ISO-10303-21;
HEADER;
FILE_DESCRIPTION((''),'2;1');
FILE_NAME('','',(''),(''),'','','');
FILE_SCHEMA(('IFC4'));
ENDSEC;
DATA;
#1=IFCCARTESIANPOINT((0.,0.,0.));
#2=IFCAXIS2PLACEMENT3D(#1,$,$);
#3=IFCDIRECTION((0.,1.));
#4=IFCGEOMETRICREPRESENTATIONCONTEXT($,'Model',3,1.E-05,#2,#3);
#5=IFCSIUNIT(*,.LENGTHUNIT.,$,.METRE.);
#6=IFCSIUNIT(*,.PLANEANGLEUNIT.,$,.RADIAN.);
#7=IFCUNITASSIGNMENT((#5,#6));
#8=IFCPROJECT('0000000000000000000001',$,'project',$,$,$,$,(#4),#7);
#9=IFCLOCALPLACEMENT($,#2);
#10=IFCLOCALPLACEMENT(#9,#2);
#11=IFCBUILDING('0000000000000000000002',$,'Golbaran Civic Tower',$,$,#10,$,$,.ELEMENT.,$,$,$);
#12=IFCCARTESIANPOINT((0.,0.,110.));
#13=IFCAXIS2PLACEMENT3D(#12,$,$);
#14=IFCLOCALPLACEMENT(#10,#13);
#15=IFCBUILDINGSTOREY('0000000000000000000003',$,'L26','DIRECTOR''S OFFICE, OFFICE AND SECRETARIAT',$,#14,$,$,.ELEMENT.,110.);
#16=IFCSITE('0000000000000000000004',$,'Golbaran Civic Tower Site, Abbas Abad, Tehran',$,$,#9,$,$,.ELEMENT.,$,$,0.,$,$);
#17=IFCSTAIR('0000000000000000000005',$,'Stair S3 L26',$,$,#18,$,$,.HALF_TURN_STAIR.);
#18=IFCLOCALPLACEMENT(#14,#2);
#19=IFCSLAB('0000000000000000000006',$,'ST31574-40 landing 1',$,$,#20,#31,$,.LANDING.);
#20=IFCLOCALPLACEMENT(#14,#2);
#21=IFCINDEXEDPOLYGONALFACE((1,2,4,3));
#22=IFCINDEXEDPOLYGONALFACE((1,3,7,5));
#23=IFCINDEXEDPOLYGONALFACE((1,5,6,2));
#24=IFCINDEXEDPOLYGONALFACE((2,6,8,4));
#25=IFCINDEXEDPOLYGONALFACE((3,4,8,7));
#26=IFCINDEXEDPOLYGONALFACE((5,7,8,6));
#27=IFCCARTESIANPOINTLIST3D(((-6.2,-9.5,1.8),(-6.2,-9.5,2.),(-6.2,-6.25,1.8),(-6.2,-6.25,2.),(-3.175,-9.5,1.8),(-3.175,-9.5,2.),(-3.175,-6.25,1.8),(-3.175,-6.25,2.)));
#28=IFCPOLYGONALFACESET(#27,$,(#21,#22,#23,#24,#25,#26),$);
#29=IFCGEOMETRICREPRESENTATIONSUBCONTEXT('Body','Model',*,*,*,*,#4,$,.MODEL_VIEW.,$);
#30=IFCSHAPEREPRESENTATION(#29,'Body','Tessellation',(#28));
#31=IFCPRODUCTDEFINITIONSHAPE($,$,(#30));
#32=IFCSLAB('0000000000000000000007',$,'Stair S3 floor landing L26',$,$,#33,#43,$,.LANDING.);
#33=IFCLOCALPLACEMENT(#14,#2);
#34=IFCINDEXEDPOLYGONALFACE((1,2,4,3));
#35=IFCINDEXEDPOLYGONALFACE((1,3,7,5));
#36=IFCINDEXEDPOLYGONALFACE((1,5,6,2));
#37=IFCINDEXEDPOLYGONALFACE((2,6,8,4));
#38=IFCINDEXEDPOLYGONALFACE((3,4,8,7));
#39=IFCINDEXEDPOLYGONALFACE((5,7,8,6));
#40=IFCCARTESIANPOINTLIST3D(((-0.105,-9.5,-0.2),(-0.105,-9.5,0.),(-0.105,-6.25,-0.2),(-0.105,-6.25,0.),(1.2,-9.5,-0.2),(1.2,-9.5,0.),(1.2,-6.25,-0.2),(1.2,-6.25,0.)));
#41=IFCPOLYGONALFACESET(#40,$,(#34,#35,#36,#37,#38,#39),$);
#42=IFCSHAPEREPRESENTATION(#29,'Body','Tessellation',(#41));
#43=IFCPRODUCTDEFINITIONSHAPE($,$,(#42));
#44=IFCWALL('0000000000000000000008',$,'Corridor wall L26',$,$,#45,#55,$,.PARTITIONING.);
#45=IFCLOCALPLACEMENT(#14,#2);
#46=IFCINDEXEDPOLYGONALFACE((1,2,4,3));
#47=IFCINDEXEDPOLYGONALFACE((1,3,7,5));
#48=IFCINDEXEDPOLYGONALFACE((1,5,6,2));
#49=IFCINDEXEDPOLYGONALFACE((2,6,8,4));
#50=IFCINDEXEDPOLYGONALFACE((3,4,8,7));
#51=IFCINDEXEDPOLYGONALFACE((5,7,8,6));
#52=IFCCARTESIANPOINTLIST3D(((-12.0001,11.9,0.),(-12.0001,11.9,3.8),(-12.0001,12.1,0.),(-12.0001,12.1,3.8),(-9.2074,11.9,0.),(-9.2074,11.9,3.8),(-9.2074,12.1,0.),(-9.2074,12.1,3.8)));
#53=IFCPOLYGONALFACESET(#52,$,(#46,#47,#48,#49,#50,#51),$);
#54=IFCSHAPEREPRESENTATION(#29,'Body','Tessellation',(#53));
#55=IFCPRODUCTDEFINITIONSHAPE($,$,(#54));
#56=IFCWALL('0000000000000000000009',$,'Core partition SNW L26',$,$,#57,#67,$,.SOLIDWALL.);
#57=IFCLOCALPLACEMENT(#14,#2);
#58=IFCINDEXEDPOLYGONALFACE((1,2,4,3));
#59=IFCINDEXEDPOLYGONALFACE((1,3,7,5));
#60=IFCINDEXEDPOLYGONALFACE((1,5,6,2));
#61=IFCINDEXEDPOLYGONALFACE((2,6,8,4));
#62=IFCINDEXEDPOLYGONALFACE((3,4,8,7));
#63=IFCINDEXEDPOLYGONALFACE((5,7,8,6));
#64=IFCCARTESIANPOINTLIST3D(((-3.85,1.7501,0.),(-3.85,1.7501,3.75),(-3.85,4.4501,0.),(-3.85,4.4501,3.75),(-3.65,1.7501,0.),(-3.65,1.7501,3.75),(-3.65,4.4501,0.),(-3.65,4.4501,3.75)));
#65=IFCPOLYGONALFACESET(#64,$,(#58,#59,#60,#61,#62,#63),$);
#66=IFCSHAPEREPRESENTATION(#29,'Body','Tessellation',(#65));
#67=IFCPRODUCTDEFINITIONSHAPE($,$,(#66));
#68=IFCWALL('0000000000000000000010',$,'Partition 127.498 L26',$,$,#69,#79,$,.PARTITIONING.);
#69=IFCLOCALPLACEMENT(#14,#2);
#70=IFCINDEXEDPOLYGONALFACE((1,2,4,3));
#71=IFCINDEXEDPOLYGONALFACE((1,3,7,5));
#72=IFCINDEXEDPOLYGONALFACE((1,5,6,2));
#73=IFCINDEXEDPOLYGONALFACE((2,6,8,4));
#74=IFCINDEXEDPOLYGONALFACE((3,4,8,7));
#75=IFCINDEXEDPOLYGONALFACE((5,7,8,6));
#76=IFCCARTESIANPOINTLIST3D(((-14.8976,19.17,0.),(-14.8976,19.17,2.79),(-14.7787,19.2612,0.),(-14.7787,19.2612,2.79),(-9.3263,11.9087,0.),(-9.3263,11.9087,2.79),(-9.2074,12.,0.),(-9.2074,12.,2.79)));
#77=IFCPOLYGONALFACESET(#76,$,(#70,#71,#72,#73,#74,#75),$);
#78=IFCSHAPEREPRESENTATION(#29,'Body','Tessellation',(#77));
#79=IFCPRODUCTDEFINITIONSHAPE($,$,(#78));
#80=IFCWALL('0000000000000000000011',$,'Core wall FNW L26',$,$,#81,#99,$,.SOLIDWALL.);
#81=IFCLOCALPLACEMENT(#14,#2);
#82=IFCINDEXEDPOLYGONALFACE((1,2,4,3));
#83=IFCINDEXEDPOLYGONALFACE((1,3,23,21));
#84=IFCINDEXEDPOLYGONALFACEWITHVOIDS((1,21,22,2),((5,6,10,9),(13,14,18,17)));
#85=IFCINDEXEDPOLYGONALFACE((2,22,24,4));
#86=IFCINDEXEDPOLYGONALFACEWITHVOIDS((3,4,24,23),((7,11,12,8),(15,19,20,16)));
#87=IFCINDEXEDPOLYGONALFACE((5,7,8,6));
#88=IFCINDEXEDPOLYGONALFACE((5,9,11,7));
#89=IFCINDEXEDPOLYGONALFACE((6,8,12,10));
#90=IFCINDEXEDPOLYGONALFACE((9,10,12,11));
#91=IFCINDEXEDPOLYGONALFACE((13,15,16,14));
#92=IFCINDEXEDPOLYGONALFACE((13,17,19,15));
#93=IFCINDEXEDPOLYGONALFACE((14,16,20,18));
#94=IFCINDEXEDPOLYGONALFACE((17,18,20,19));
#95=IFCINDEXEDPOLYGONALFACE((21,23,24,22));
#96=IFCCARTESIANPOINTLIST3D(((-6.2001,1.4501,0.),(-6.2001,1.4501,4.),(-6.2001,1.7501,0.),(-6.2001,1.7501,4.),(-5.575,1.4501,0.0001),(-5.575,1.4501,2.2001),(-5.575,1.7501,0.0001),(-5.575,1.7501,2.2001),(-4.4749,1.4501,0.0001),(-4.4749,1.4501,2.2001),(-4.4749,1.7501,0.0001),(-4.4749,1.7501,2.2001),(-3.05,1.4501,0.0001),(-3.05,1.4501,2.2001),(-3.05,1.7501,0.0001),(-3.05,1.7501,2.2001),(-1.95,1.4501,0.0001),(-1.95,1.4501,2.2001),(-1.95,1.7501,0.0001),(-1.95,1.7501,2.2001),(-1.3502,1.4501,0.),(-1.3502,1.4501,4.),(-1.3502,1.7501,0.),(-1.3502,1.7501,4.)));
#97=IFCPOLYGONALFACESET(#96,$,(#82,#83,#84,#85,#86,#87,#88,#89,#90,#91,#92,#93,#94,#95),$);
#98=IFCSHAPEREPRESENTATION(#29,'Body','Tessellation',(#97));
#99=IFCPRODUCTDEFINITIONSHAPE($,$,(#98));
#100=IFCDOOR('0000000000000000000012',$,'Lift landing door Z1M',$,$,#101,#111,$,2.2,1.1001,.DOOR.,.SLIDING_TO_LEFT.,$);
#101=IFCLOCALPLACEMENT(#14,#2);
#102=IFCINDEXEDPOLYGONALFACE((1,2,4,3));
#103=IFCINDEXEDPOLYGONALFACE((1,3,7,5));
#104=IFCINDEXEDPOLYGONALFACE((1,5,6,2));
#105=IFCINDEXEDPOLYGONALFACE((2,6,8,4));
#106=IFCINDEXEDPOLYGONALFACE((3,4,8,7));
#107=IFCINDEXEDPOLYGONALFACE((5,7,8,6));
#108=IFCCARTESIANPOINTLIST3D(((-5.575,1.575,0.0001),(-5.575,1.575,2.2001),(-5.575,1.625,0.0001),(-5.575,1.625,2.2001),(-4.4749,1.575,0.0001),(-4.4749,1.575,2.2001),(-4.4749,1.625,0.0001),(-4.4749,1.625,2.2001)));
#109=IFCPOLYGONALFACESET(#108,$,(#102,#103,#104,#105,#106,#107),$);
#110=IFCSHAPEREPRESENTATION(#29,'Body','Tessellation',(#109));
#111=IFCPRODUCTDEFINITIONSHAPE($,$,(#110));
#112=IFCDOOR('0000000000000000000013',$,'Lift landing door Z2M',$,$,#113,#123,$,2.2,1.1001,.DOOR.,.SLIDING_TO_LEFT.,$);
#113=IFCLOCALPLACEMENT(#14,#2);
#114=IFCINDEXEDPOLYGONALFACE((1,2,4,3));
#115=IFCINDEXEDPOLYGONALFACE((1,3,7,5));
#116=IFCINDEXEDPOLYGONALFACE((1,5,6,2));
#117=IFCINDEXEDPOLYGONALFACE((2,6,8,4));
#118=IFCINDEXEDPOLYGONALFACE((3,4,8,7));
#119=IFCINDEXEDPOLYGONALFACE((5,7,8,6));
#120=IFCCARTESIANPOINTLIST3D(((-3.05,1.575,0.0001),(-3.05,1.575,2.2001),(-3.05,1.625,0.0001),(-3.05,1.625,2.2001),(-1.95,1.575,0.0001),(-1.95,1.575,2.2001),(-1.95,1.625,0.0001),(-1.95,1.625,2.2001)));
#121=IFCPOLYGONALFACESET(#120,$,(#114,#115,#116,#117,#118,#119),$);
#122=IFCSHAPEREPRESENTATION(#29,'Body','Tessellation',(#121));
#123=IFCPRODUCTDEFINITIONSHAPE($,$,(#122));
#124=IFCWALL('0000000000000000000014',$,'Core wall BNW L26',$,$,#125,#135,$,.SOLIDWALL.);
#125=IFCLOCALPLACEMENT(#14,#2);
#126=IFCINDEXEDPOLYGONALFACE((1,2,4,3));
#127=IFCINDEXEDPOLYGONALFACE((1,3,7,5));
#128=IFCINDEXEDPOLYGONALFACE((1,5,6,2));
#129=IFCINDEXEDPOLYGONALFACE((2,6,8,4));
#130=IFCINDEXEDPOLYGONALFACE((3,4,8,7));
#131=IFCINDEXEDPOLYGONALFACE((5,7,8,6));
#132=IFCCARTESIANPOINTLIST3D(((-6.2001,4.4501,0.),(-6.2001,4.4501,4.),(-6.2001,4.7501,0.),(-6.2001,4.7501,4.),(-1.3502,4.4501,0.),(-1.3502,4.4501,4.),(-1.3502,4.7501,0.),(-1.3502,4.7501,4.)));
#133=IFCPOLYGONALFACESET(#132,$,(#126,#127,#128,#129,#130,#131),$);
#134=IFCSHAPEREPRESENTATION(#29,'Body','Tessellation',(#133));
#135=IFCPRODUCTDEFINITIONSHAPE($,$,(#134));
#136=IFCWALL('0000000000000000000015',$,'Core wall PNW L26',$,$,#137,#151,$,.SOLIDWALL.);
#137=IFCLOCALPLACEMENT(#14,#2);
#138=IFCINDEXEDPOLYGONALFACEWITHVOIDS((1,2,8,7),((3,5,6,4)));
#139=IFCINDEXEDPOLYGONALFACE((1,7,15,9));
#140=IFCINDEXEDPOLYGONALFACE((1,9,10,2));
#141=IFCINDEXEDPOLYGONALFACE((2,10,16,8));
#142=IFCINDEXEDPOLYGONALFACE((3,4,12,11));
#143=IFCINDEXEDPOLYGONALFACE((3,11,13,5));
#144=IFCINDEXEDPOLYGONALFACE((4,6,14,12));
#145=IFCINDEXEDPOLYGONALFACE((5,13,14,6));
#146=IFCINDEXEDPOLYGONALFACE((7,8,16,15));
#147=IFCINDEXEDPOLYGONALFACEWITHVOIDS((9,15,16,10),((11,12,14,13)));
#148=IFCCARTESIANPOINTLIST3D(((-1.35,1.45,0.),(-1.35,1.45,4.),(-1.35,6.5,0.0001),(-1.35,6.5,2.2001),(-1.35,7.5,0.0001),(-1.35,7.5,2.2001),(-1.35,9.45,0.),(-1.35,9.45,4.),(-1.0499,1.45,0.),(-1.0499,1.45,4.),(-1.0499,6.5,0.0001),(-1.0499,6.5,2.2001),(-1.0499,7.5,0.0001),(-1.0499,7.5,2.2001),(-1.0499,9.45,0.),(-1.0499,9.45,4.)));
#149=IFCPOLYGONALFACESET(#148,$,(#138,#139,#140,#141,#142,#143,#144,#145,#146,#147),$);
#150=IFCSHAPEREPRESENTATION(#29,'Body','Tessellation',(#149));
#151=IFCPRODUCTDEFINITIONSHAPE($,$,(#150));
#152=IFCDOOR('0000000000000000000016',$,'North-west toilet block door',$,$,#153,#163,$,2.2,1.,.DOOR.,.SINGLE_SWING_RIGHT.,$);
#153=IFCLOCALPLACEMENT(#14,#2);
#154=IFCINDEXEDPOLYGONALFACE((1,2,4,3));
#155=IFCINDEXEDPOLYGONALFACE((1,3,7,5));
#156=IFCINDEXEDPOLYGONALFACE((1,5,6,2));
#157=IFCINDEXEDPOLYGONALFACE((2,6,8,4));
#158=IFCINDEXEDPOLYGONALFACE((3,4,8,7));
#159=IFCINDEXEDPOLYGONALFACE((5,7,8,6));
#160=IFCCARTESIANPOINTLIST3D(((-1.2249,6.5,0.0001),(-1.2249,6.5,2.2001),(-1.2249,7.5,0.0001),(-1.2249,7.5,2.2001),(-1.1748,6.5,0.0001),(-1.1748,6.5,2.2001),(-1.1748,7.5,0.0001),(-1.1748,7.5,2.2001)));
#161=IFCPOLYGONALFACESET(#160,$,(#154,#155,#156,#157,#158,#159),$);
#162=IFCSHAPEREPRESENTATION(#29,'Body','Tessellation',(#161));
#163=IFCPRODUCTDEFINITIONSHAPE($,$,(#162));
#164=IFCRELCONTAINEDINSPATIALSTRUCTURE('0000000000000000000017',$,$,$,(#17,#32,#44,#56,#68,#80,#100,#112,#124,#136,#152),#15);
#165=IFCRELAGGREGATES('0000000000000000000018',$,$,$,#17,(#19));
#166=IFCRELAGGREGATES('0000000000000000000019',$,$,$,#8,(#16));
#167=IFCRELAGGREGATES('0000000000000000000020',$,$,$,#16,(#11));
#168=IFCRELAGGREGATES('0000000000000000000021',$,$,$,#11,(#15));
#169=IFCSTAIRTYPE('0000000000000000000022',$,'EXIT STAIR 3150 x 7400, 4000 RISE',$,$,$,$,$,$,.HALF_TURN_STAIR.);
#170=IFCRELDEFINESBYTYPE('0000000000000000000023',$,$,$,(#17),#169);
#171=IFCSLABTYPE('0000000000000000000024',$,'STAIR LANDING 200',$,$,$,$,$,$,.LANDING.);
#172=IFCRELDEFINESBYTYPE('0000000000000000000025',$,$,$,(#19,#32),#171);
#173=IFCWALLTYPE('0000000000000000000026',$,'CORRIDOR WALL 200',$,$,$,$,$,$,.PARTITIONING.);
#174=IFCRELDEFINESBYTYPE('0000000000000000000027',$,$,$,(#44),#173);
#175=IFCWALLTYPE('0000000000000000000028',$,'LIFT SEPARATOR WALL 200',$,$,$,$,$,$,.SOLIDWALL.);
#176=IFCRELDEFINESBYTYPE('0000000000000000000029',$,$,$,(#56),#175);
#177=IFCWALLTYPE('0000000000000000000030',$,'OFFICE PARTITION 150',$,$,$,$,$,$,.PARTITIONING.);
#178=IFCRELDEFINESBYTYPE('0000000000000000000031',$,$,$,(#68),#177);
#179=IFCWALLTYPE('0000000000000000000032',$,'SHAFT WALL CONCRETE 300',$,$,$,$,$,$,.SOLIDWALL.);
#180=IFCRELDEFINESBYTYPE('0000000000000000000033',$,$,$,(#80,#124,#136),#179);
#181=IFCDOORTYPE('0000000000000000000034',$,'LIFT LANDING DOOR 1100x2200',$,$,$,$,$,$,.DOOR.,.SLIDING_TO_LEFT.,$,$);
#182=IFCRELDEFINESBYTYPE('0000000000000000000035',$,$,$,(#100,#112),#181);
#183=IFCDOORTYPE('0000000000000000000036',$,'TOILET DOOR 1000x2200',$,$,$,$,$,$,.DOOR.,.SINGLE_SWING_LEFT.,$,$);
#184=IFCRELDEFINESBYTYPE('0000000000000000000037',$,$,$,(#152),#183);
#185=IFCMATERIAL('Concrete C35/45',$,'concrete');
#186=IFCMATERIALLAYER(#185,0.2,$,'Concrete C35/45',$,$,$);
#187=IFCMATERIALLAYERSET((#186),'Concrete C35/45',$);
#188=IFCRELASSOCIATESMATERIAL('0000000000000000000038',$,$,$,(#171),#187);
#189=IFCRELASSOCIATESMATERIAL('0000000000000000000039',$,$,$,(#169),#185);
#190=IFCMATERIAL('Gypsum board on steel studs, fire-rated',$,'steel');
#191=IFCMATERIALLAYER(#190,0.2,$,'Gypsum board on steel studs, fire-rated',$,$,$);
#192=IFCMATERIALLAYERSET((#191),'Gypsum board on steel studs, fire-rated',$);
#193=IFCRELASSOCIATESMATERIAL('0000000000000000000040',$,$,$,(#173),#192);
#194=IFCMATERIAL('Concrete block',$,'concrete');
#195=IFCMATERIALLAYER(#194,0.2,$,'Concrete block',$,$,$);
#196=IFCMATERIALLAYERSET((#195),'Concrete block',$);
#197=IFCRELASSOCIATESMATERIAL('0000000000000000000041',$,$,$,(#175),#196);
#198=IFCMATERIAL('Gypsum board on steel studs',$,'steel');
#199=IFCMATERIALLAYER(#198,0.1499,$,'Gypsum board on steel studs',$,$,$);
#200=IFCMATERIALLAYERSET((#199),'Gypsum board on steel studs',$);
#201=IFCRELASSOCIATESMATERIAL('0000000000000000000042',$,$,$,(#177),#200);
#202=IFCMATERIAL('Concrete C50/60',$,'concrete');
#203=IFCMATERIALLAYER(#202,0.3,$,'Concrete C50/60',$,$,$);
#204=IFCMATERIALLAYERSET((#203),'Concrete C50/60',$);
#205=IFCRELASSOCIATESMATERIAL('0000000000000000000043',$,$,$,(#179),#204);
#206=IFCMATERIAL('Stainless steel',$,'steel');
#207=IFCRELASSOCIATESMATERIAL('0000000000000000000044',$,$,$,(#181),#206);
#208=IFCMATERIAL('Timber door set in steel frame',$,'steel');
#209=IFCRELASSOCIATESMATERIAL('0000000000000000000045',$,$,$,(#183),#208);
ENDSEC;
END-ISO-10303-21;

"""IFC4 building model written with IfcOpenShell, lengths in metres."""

from ifc_helpers import new_model, si_unit, direction, frame, frame_2d, origin, place, context, subcontext, project, spatial, polyline, rectangle, outline, extrude, material, layer, layer_set, type_object, element, fill, aggregate, save


model = new_model("IFC4")

# Units and contexts
model_context = context("Model", 3, precision=1e-05, world=origin(), true_north=direction((0.0, 1.0)))
body_context = subcontext(model_context, "Body", "Model", "MODEL_VIEW")
ifc_project = project(units=[si_unit("LENGTHUNIT", "METRE"), si_unit("PLANEANGLEUNIT", "RADIAN")], contexts=[model_context])

# Site, building, storey
site_placement = place(None, origin())
site = spatial("IfcSite", under=ifc_project, at=site_placement, Name="Golbaran Civic Tower Site, Abbas Abad, Tehran", CompositionType="ELEMENT", RefElevation=0.0)
building_placement = place(site_placement, origin())
building = spatial("IfcBuilding", under=site, at=building_placement, Name="Golbaran Civic Tower", CompositionType="ELEMENT")
storey_placement = place(building_placement, frame((0.0, 0.0, 110.0)))
storey = spatial("IfcBuildingStorey", under=building, at=storey_placement, Name="L26", Description="DIRECTOR'S OFFICE, OFFICE AND SECRETARIAT", CompositionType="ELEMENT", Elevation=110.0)

# Shared definitions
ifc_material_1 = material(Name="Concrete C35/45", Category="concrete")

# Shared definitions
ifc_layer_1 = layer(ifc_material_1, 0.2, Name="Concrete C35/45")
ifc_layer_set_1 = layer_set([ifc_layer_1], Name="Concrete C35/45")
slab_type_1 = type_object("IfcSlabType", Name="STAIR LANDING 200", PredefinedType="LANDING", material=ifc_layer_set_1)

# Stair, slab
stair_type_1 = type_object("IfcStairType", Name="EXIT STAIR 3150 x 7400, 4000 RISE", PredefinedType="HALF_TURN_STAIR", material=ifc_material_1)
stair_1_placement = place(storey_placement, origin())
stair_1 = element("IfcStair", 1, at=stair_1_placement, inside=storey, type_object=stair_type_1, Name="Stair S3 L26", PredefinedType="HALF_TURN_STAIR")
slab_1_placement = place(storey_placement, frame((0.0, 0.0, 1.8)))
slab_1 = element("IfcSlab", 2, at=slab_1_placement, type_object=slab_type_1, Name="ST31574-40 landing 1", PredefinedType="LANDING", context=body_context, shape_type="SweptSolid", body=[
    extrude(outline(polyline([(-3.175, -9.5), (-6.2, -9.5), (-6.2, -6.25), (-3.175, -6.25), (-3.175, -9.5)])), origin(), (0.0, 0.0, 1.0), 0.2),
])
aggregate(stair_1, [slab_1])

# Slab
slab_2_placement = place(storey_placement, frame((0.0, 0.0, -0.2)))
element("IfcSlab", 3, at=slab_2_placement, inside=storey, type_object=slab_type_1, Name="Stair S3 floor landing L26", PredefinedType="LANDING", context=body_context, shape_type="SweptSolid", body=[
    extrude(outline(polyline([(1.2, -9.5), (-0.105, -9.5), (-0.105, -6.25), (1.2, -6.25), (1.2, -9.5)])), origin(), (0.0, 0.0, 1.0), 0.2),
])

# Walls
ifc_material_2 = material(Name="Gypsum board on steel studs, fire-rated", Category="steel")
ifc_layer_2 = layer(ifc_material_2, 0.2, Name="Gypsum board on steel studs, fire-rated")
ifc_layer_set_2 = layer_set([ifc_layer_2], Name="Gypsum board on steel studs, fire-rated")
wall_type_1 = type_object("IfcWallType", Name="CORRIDOR WALL 200", PredefinedType="PARTITIONING", material=ifc_layer_set_2)
wall_1_placement = place(storey_placement, frame((-9.2073, 12.0, 0.0), z_axis=(0.0, 0.0, 1.0), x_axis=(-1.0, 0.0, 0.0)))
element("IfcWall", 4, at=wall_1_placement, inside=storey, type_object=wall_type_1, Name="Corridor wall L26", PredefinedType="PARTITIONING", context=body_context, shape_type="SweptSolid", body=[
    extrude(rectangle(XDim=2.7927, YDim=0.2, at=frame_2d((1.3965, 0.0))), origin(), (0.0, 0.0, 1.0), 3.8),
])
ifc_material_3 = material(Name="Concrete block", Category="concrete")
ifc_layer_3 = layer(ifc_material_3, 0.2, Name="Concrete block")
ifc_layer_set_3 = layer_set([ifc_layer_3], Name="Concrete block")
wall_type_2 = type_object("IfcWallType", Name="LIFT SEPARATOR WALL 200", PredefinedType="SOLIDWALL", material=ifc_layer_set_3)
wall_2_placement = place(storey_placement, frame((-3.75, 1.75, 0.0), z_axis=(0.0, 0.0, 1.0), x_axis=(0.0, 1.0, 0.0)))
element("IfcWall", 5, at=wall_2_placement, inside=storey, type_object=wall_type_2, Name="Core partition SNW L26", PredefinedType="SOLIDWALL", context=body_context, shape_type="SweptSolid", body=[
    extrude(rectangle(XDim=2.7, YDim=0.2, at=frame_2d((1.3501, 0.0))), origin(), (0.0, 0.0, 1.0), 3.75),
])
ifc_material_4 = material(Name="Gypsum board on steel studs", Category="steel")
ifc_layer_4 = layer(ifc_material_4, 0.1499, Name="Gypsum board on steel studs")
ifc_layer_set_4 = layer_set([ifc_layer_4], Name="Gypsum board on steel studs")
wall_type_3 = type_object("IfcWallType", Name="OFFICE PARTITION 150", PredefinedType="PARTITIONING", material=ifc_layer_set_4)
wall_3_placement = place(storey_placement, frame((-9.2668, 11.9543, 0.0), z_axis=(0.0, 0.0, 1.0), x_axis=(-0.608731, 0.793377, 0.0)))
element("IfcWall", 6, at=wall_3_placement, inside=storey, type_object=wall_type_3, Name="Partition 127.498 L26", PredefinedType="PARTITIONING", context=body_context, shape_type="SweptSolid", body=[
    extrude(rectangle(XDim=9.1523, YDim=0.1499, at=frame_2d((4.5762, 0.0))), origin(), (0.0, 0.0, 1.0), 2.79),
])

# Wall, openings, doors
ifc_material_5 = material(Name="Concrete C50/60", Category="concrete")
ifc_layer_5 = layer(ifc_material_5, 0.3, Name="Concrete C50/60")
ifc_layer_set_5 = layer_set([ifc_layer_5], Name="Concrete C50/60")
wall_type_4 = type_object("IfcWallType", Name="SHAFT WALL CONCRETE 300", PredefinedType="SOLIDWALL", material=ifc_layer_set_5)
wall_4_placement = place(storey_placement, frame((-6.2, 1.6001, 0.0), z_axis=(0.0, 0.0, 1.0), x_axis=(1.0, 0.0, 0.0)))
wall_4 = element("IfcWall", 7, at=wall_4_placement, inside=storey, type_object=wall_type_4, Name="Core wall FNW L26", PredefinedType="SOLIDWALL", context=body_context, shape_type="SweptSolid", body=[
    extrude(rectangle(XDim=4.8499, YDim=0.3, at=frame_2d((2.4248, 0.0))), origin(), (0.0, 0.0, 1.0), 4.0),
])
opening_1_placement = place(wall_4_placement, frame((0.625, 0.0, 0.0)))
opening_1 = element("IfcOpeningElement", 8, at=opening_1_placement, cuts=wall_4, PredefinedType="OPENING", context=body_context, shape_type="SweptSolid", body=[
    extrude(rectangle(XDim=1.1001, YDim=2.2, at=frame_2d((0.55, 1.1001))), frame((0.0, 0.1599, 0.0), z_axis=(0.0, -1.0, 0.0), x_axis=(1.0, 0.0, 0.0)), (0.0, 0.0, 1.0), 0.3201),
])
opening_2_placement = place(wall_4_placement, frame((3.1499, 0.0, 0.0)))
opening_2 = element("IfcOpeningElement", 9, at=opening_2_placement, cuts=wall_4, PredefinedType="OPENING", context=body_context, shape_type="SweptSolid", body=[
    extrude(rectangle(XDim=1.1001, YDim=2.2, at=frame_2d((0.55, 1.1001))), frame((0.0, 0.1599, 0.0), z_axis=(0.0, -1.0, 0.0), x_axis=(1.0, 0.0, 0.0)), (0.0, 0.0, 1.0), 0.3201),
])
ifc_material_6 = material(Name="Stainless steel", Category="steel")
door_type_1 = type_object("IfcDoorType", Name="LIFT LANDING DOOR 1100x2200", OperationType="SLIDING_TO_LEFT", PredefinedType="DOOR", material=ifc_material_6)
door_1_placement = place(opening_1_placement, origin())
door_1 = element("IfcDoor", 10, at=door_1_placement, inside=storey, type_object=door_type_1, Name="Lift landing door Z1M", OperationType="SLIDING_TO_LEFT", OverallHeight=2.2, OverallWidth=1.1001, PredefinedType="DOOR", context=body_context, shape_type="SweptSolid", body=[
    extrude(rectangle(XDim=1.1001, YDim=2.2, at=frame_2d((0.55, 1.1001))), frame((0.0, 0.0249, 0.0), z_axis=(0.0, -1.0, 0.0), x_axis=(1.0, 0.0, 0.0)), (0.0, 0.0, 1.0), 0.05),
])
fill(opening_1, door_1)
door_2_placement = place(opening_2_placement, origin())
door_2 = element("IfcDoor", 11, at=door_2_placement, inside=storey, type_object=door_type_1, Name="Lift landing door Z2M", OperationType="SLIDING_TO_LEFT", OverallHeight=2.2, OverallWidth=1.1001, PredefinedType="DOOR", context=body_context, shape_type="SweptSolid", body=[
    extrude(rectangle(XDim=1.1001, YDim=2.2, at=frame_2d((0.55, 1.1001))), frame((0.0, 0.0249, 0.0), z_axis=(0.0, -1.0, 0.0), x_axis=(1.0, 0.0, 0.0)), (0.0, 0.0, 1.0), 0.05),
])
fill(opening_2, door_2)

# Wall
wall_5_placement = place(storey_placement, frame((-6.2, 4.6001, 0.0), z_axis=(0.0, 0.0, 1.0), x_axis=(1.0, 0.0, 0.0)))
element("IfcWall", 12, at=wall_5_placement, inside=storey, type_object=wall_type_4, Name="Core wall BNW L26", PredefinedType="SOLIDWALL", context=body_context, shape_type="SweptSolid", body=[
    extrude(rectangle(XDim=4.8499, YDim=0.3, at=frame_2d((2.4248, 0.0))), origin(), (0.0, 0.0, 1.0), 4.0),
])

# Wall, opening, door
wall_6_placement = place(storey_placement, frame((-1.2, 1.45, 0.0), z_axis=(0.0, 0.0, 1.0), x_axis=(0.0, 1.0, 0.0)))
wall_6 = element("IfcWall", 13, at=wall_6_placement, inside=storey, type_object=wall_type_4, Name="Core wall PNW L26", PredefinedType="SOLIDWALL", context=body_context, shape_type="SweptSolid", body=[
    extrude(rectangle(XDim=8.0, YDim=0.3, at=frame_2d((4.0, 0.0))), origin(), (0.0, 0.0, 1.0), 4.0),
])
opening_3_placement = place(wall_6_placement, frame((5.05, 0.0, 0.0)))
opening_3 = element("IfcOpeningElement", 14, at=opening_3_placement, cuts=wall_6, PredefinedType="OPENING", context=body_context, shape_type="SweptSolid", body=[
    extrude(rectangle(XDim=1.0, YDim=2.2, at=frame_2d((0.5, 1.1001))), frame((0.0, 0.1599, 0.0), z_axis=(0.0, -1.0, 0.0), x_axis=(1.0, 0.0, 0.0)), (0.0, 0.0, 1.0), 0.3201),
])
ifc_material_7 = material(Name="Timber door set in steel frame", Category="steel")
door_type_2 = type_object("IfcDoorType", Name="TOILET DOOR 1000x2200", OperationType="SINGLE_SWING_LEFT", PredefinedType="DOOR", material=ifc_material_7)
door_3_placement = place(opening_3_placement, origin())
door_3 = element("IfcDoor", 15, at=door_3_placement, inside=storey, type_object=door_type_2, Name="North-west toilet block door", OperationType="SINGLE_SWING_RIGHT", OverallHeight=2.2, OverallWidth=1.0, PredefinedType="DOOR", context=body_context, shape_type="SweptSolid", body=[
    extrude(rectangle(XDim=1.0, YDim=2.2, at=frame_2d((0.5, 1.1001))), frame((0.0, 0.0249, 0.0), z_axis=(0.0, -1.0, 0.0), x_axis=(1.0, 0.0, 0.0)), (0.0, 0.0, 1.0), 0.05),
])
fill(opening_3, door_3)

save(model, "model.ifc")
